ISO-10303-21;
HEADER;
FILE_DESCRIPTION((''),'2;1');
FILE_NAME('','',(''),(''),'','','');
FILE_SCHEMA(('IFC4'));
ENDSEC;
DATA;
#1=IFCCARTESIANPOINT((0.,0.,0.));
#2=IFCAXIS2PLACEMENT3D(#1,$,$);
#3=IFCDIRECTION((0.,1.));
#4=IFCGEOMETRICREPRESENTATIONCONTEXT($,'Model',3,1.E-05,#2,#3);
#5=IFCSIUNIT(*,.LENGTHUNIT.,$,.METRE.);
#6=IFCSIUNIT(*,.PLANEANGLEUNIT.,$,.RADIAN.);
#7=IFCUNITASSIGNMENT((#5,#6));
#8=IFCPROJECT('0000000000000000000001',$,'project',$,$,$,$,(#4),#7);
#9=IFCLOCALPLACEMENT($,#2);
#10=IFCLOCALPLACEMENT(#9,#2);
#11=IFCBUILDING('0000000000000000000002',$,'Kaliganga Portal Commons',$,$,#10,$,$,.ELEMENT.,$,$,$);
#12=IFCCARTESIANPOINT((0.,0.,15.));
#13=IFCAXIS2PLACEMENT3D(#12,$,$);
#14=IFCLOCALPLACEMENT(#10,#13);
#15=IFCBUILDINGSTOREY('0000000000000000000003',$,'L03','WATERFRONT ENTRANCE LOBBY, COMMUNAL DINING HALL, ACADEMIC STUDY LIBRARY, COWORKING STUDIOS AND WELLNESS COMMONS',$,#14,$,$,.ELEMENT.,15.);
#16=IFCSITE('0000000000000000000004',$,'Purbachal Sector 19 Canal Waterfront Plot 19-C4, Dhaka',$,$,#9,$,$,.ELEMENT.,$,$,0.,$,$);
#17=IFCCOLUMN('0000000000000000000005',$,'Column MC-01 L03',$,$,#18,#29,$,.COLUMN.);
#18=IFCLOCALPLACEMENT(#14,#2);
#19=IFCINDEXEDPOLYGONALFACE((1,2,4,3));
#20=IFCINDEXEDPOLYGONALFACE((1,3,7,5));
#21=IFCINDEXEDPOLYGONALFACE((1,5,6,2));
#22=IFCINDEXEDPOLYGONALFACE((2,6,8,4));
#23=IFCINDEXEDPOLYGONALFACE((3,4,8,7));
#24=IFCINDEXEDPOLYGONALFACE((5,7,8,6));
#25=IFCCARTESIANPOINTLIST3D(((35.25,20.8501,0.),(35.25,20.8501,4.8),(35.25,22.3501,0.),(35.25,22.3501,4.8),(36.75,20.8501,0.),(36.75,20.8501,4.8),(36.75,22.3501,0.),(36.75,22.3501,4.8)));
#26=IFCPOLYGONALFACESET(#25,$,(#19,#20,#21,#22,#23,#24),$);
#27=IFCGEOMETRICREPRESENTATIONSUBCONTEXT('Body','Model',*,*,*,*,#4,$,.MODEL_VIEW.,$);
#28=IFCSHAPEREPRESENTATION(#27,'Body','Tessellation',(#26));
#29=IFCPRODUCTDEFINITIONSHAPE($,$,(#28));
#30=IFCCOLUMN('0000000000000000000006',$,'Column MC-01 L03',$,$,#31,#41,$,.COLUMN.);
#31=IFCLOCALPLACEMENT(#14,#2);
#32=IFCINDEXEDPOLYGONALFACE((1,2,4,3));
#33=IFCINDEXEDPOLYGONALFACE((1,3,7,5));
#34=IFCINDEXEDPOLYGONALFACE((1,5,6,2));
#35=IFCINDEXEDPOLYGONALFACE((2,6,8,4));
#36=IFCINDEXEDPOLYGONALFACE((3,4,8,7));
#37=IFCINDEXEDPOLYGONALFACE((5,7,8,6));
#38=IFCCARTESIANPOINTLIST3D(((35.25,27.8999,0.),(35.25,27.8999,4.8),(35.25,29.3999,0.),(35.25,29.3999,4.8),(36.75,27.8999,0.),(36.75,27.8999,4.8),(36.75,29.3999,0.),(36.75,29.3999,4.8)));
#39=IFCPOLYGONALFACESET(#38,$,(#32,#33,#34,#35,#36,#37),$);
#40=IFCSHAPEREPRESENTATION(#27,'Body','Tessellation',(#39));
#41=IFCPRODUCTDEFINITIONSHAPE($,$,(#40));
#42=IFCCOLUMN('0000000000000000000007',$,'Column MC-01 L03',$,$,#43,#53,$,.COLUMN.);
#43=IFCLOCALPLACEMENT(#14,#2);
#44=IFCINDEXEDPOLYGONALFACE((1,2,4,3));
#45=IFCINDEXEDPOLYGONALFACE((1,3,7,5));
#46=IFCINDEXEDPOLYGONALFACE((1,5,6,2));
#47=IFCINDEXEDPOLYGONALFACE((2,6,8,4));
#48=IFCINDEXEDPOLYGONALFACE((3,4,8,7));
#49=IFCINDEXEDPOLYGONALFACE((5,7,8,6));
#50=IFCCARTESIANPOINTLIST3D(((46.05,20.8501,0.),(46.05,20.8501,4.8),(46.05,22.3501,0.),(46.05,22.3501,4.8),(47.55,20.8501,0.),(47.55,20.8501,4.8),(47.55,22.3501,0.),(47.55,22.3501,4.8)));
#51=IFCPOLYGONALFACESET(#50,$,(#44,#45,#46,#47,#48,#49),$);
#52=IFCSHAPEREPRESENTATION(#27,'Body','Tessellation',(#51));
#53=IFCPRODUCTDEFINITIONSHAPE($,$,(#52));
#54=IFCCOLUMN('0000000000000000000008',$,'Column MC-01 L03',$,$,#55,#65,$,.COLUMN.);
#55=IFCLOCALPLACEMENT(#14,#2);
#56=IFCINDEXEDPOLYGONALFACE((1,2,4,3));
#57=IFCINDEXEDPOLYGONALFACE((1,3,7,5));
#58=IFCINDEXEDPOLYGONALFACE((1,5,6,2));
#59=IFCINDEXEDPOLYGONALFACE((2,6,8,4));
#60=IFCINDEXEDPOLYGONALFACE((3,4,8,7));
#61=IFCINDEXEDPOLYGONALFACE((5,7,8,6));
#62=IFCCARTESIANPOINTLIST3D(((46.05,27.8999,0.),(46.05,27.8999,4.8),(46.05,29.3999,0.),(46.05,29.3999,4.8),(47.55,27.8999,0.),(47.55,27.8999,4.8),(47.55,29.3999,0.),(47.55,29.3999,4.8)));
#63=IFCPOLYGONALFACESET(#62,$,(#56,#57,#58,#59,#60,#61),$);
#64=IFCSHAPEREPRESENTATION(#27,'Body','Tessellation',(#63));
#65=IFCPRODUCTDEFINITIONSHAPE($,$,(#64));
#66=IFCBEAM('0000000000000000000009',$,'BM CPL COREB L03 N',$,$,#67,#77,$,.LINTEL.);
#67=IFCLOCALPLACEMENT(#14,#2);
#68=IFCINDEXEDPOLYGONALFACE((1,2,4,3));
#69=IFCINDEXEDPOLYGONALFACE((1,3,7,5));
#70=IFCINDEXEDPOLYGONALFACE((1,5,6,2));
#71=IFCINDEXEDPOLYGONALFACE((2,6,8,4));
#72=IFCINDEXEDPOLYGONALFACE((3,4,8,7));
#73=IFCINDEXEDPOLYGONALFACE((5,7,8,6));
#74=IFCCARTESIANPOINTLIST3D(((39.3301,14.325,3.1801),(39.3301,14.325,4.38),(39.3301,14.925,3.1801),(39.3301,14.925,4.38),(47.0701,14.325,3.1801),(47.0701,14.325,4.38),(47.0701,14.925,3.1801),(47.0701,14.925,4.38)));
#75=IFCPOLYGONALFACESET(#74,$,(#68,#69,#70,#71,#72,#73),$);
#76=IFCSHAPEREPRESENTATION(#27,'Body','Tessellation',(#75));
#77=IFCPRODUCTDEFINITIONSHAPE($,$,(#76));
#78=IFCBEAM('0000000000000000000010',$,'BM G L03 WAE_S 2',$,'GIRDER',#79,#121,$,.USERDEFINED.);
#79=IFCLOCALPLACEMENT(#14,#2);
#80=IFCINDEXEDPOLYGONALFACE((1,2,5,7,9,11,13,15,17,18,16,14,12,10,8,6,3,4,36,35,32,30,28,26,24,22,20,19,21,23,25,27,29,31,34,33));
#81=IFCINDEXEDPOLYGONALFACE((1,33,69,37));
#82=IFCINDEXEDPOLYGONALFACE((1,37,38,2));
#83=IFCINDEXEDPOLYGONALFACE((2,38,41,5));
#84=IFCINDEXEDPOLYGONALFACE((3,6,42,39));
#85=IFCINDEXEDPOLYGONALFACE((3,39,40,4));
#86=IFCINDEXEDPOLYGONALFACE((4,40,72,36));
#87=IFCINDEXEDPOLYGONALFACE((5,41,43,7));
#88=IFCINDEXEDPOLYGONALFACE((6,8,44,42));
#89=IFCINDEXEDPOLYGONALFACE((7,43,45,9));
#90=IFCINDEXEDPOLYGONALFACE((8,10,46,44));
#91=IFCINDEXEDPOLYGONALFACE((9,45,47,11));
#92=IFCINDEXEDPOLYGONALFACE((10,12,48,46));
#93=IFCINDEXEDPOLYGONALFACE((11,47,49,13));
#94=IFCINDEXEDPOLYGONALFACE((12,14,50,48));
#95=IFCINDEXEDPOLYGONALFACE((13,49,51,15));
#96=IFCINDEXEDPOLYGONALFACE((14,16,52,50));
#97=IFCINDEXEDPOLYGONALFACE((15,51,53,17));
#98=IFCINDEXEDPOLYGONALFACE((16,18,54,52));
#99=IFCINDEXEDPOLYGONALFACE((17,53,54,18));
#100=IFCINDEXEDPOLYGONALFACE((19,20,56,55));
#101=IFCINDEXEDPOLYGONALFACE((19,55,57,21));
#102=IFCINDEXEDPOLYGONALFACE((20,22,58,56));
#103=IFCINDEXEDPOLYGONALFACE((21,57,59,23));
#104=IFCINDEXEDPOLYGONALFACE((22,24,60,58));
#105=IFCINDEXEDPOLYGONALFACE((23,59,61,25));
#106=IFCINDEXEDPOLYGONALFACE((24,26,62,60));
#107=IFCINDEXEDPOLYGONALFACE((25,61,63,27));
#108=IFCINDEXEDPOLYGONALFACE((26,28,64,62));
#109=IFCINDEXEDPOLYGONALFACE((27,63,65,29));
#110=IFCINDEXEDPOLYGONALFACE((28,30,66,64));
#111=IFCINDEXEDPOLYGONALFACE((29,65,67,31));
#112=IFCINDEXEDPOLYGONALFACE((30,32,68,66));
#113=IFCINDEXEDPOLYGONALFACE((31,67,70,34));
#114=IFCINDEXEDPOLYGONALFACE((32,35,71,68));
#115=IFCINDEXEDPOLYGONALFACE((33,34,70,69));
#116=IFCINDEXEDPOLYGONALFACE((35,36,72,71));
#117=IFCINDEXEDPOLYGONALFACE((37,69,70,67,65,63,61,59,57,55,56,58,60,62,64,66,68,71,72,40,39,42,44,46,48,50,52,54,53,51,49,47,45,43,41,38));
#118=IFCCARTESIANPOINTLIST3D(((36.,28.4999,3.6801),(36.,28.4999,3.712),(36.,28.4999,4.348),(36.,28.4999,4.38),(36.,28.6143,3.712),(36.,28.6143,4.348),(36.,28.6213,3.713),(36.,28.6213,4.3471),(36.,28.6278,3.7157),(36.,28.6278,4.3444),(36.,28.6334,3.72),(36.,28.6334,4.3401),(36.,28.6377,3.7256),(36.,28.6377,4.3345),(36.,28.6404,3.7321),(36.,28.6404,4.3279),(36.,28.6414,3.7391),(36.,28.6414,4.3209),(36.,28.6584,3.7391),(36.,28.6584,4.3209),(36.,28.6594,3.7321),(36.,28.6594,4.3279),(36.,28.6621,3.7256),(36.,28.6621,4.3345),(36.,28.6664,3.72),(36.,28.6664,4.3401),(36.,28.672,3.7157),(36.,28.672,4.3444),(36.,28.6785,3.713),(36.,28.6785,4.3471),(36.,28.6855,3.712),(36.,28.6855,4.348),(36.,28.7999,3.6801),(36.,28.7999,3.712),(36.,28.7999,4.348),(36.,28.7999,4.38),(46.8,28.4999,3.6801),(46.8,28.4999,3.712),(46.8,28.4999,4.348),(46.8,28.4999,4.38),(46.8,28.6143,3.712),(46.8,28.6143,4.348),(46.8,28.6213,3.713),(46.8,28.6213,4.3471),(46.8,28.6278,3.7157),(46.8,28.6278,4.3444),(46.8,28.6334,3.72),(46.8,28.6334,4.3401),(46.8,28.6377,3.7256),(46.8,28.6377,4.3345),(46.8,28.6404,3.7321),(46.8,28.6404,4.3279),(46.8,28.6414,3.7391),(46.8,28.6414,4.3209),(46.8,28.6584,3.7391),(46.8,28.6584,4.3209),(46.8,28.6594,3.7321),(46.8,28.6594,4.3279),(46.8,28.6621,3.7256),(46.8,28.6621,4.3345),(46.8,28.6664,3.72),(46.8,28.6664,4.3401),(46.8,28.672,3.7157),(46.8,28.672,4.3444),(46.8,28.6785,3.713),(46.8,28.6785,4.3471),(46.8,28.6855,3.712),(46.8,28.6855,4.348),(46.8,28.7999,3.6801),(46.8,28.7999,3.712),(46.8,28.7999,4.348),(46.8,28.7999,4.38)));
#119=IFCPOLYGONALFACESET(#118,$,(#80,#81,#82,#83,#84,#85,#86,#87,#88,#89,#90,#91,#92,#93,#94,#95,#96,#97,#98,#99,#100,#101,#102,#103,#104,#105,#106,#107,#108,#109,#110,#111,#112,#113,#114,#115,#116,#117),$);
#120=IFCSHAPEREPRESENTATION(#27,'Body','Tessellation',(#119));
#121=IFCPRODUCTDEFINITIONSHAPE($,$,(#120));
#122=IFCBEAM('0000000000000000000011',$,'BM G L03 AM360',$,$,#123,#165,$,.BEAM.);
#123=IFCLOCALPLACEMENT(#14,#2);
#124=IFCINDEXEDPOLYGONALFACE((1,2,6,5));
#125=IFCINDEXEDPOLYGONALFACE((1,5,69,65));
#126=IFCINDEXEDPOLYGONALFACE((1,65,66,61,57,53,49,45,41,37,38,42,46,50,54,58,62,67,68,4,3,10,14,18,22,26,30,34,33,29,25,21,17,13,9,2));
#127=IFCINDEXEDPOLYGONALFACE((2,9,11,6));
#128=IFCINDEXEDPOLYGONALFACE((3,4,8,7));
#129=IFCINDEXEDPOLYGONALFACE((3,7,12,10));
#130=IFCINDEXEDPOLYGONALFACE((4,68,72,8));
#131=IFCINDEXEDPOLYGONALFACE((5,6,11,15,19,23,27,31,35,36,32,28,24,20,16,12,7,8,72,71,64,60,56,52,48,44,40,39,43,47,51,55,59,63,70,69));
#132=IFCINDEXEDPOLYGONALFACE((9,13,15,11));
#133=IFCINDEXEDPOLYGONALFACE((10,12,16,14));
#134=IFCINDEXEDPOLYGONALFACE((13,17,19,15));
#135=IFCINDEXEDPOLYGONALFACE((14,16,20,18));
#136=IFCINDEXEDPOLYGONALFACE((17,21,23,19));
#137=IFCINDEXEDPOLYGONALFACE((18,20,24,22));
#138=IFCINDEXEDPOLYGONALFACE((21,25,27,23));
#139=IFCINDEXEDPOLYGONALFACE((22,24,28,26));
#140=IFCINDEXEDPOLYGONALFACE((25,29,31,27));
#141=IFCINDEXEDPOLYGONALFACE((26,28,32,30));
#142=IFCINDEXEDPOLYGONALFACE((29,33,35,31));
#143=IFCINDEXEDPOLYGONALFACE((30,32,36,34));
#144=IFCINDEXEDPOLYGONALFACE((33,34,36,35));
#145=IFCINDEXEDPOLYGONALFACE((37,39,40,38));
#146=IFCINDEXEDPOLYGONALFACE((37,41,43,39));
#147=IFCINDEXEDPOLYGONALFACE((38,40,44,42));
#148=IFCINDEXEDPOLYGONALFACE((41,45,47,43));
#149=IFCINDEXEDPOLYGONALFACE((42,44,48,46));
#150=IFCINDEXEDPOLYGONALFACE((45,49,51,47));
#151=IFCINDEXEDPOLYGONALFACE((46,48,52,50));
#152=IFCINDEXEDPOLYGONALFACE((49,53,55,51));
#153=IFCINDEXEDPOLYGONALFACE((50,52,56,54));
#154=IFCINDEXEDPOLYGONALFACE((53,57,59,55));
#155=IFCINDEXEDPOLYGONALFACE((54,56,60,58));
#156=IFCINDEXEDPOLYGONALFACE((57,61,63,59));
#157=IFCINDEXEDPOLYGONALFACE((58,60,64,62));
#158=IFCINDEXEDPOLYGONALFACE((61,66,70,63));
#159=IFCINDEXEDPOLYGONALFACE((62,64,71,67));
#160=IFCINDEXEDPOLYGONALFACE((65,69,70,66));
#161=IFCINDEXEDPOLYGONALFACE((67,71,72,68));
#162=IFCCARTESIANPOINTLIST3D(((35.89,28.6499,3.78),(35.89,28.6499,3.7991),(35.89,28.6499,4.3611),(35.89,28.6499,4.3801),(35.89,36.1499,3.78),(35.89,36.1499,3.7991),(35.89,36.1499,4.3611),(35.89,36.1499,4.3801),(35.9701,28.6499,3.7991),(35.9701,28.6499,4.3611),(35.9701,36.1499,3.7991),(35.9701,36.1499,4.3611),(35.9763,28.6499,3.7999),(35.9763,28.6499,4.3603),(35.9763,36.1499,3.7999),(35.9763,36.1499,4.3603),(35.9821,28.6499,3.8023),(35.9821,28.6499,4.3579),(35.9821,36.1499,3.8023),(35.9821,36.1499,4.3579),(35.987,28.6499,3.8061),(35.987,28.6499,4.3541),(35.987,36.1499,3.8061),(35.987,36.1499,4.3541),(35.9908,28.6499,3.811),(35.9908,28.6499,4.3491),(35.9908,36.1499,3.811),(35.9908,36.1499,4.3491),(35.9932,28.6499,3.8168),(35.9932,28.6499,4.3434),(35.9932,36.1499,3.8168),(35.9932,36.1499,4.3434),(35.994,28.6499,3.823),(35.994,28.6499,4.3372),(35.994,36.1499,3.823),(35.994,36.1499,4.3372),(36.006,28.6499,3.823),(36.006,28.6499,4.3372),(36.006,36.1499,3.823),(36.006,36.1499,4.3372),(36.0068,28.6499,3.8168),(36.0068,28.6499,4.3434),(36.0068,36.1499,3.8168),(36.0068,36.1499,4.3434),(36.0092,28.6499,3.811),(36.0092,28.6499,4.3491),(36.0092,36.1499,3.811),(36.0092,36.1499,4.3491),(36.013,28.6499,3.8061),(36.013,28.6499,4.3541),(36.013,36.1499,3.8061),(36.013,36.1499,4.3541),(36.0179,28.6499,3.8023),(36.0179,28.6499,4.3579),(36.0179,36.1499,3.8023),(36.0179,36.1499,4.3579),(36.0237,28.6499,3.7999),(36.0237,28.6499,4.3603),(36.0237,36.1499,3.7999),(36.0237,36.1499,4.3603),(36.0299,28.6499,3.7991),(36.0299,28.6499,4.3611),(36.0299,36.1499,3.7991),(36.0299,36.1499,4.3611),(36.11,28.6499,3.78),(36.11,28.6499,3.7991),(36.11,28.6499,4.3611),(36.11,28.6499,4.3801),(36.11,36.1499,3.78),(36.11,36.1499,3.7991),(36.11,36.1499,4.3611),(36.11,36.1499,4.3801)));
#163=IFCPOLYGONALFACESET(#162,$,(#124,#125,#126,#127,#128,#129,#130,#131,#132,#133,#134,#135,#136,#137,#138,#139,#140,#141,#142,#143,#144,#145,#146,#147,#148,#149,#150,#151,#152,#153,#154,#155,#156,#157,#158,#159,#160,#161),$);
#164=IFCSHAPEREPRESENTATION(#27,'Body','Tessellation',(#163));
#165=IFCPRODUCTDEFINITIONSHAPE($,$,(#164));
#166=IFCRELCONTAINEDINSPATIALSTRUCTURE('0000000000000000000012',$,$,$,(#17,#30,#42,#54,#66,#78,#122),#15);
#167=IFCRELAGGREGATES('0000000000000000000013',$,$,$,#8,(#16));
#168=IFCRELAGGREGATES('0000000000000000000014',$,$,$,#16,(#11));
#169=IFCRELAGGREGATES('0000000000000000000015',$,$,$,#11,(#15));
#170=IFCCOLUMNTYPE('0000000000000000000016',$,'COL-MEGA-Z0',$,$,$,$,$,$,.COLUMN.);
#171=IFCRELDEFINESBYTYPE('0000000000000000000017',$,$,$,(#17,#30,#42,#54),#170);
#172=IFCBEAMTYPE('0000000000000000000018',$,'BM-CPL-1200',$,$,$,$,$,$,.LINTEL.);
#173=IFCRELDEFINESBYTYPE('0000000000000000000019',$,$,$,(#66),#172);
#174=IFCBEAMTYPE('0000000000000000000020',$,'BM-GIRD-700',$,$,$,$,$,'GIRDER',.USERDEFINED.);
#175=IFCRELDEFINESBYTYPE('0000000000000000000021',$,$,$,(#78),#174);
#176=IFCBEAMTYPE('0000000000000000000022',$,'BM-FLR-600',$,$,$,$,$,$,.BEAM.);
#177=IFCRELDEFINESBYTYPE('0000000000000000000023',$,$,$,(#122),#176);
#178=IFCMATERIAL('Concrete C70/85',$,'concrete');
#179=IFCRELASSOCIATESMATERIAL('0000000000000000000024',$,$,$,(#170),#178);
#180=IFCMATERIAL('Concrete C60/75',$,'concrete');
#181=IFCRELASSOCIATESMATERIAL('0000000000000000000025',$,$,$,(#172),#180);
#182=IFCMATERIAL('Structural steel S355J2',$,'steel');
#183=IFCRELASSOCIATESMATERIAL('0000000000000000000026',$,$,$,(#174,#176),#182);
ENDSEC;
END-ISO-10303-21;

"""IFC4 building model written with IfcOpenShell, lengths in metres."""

from ifc_helpers import new_model, si_unit, direction, frame, origin, origin_2d, place, context, subcontext, project, spatial, rectangle, i_section, extrude, source, transform, mapped, material, material_profile, profile_set, type_object, element, save


model = new_model("IFC4")

# Units and contexts
model_context = context("Model", 3, precision=1e-05, world=origin(), true_north=direction((0.0, 1.0)))
body_context = subcontext(model_context, "Body", "Model", "MODEL_VIEW")
ifc_project = project(units=[si_unit("LENGTHUNIT", "METRE"), si_unit("PLANEANGLEUNIT", "RADIAN")], contexts=[model_context])

# Site, building, storey
site_placement = place(None, origin())
site = spatial("IfcSite", under=ifc_project, at=site_placement, Name="Purbachal Sector 19 Canal Waterfront Plot 19-C4, Dhaka", CompositionType="ELEMENT", RefElevation=0.0)
building_placement = place(site_placement, origin())
building = spatial("IfcBuilding", under=site, at=building_placement, Name="Kaliganga Portal Commons", CompositionType="ELEMENT")
storey_placement = place(building_placement, frame((0.0, 0.0, 15.0)))
storey = spatial("IfcBuildingStorey", under=building, at=storey_placement, Name="L03", Description="WATERFRONT ENTRANCE LOBBY, COMMUNAL DINING HALL, ACADEMIC STUDY LIBRARY, COWORKING STUDIOS AND WELLNESS COMMONS", CompositionType="ELEMENT", Elevation=15.0)

# Columns
ifc_material_1 = material(Name="Concrete C70/85", Category="concrete")
ifc_material_profile_1 = material_profile(ifc_material_1, rectangle(XDim=1.5, YDim=1.5, at=origin_2d()), Name="RC 1500x1500")
ifc_profile_set_1 = profile_set([ifc_material_profile_1], Name="Concrete C70/85")
column_type = type_object("IfcColumnType", Name="COL-MEGA-Z0", PredefinedType="COLUMN", material=ifc_profile_set_1)
shared_shape_1 = source(origin(), body_context, "Body", "SweptSolid", [
    extrude(rectangle(XDim=1.5, YDim=1.5, at=origin_2d()), origin(), (0.0, 0.0, 1.0), 4.8),
])
for number, where, z_axis, x_axis, name in (
    (1, (36.0, 21.6001, 0.0), (0.0, 0.0, 1.0), (1.0, 0.0, 0.0), "Column MC-01 L03"),
    (2, (36.0, 28.6499, 0.0), (0.0, 0.0, 1.0), (1.0, 0.0, 0.0), "Column MC-01 L03"),
    (3, (46.8, 21.6001, 0.0), (0.0, 0.0, 1.0), (1.0, 0.0, 0.0), "Column MC-01 L03"),
    (4, (46.8, 28.6499, 0.0), (0.0, 0.0, 1.0), (1.0, 0.0, 0.0), "Column MC-01 L03"),
):
    element("IfcColumn", number, at=place(storey_placement, frame(where, z_axis=z_axis, x_axis=x_axis)), inside=storey, type_object=column_type, Name=name, PredefinedType="COLUMN", context=body_context, shape_type="MappedRepresentation", body=[
        mapped(shared_shape_1, transform((0.0, 0.0, 0.0), x_axis=(1.0, 0.0, 0.0), y_axis=(0.0, 1.0, 0.0), z_axis=(0.0, 0.0, 1.0), scale=1.0)),
    ])

# Beams
ifc_material_2 = material(Name="Concrete C60/75", Category="concrete")
ifc_material_profile_2 = material_profile(ifc_material_2, rectangle(XDim=0.6001, YDim=1.2, at=origin_2d()), Name="RC 600x1200")
ifc_profile_set_2 = profile_set([ifc_material_profile_2], Name="Concrete C60/75")
beam_type_1 = type_object("IfcBeamType", Name="BM-CPL-1200", PredefinedType="LINTEL", material=ifc_profile_set_2)
shared_shape_2 = source(origin(), body_context, "Body", "SweptSolid", [
    extrude(rectangle(XDim=0.6001, YDim=1.2, at=origin_2d()), origin(), (0.0, 0.0, 1.0), 7.74),
])
beam_1_placement = place(storey_placement, frame((39.3301, 14.625, 3.78), z_axis=(1.0, 0.0, 0.0), x_axis=(0.0, 1.0, 0.0)))
element("IfcBeam", 5, at=beam_1_placement, inside=storey, type_object=beam_type_1, Name="BM CPL COREB L03 N", PredefinedType="LINTEL", context=body_context, shape_type="MappedRepresentation", body=[
    mapped(shared_shape_2, transform((0.0, 0.0, 0.0), x_axis=(1.0, 0.0, 0.0), y_axis=(0.0, 1.0, 0.0), z_axis=(0.0, 0.0, 1.0), scale=1.0)),
])
ifc_material_3 = material(Name="Structural steel S355J2", Category="steel")
ifc_material_profile_3 = material_profile(ifc_material_3, i_section(OverallWidth=0.3, OverallDepth=0.7, WebThickness=0.0171, FlangeThickness=0.032, FilletRadius=0.0271, at=origin_2d()), Name="HE 700 B")
ifc_profile_set_3 = profile_set([ifc_material_profile_3], Name="Structural steel S355J2 wide-flange")
beam_type_2 = type_object("IfcBeamType", Name="BM-GIRD-700", ElementType="GIRDER", PredefinedType="USERDEFINED", material=ifc_profile_set_3)
shared_shape_3 = source(origin(), body_context, "Body", "SweptSolid", [
    extrude(i_section(OverallWidth=0.3, OverallDepth=0.7, WebThickness=0.0171, FlangeThickness=0.032, FilletRadius=0.0271, at=origin_2d()), origin(), (0.0, 0.0, 1.0), 10.8),
])
beam_2_placement = place(storey_placement, frame((36.0, 28.6499, 4.03), z_axis=(1.0, 0.0, 0.0), x_axis=(0.0, 1.0, 0.0)))
element("IfcBeam", 6, at=beam_2_placement, inside=storey, type_object=beam_type_2, Name="BM G L03 WAE_S 2", ObjectType="GIRDER", PredefinedType="USERDEFINED", context=body_context, shape_type="MappedRepresentation", body=[
    mapped(shared_shape_3, transform((0.0, 0.0, 0.0), x_axis=(1.0, 0.0, 0.0), y_axis=(0.0, 1.0, 0.0), z_axis=(0.0, 0.0, 1.0), scale=1.0)),
])
ifc_material_profile_4 = material_profile(ifc_material_3, i_section(OverallWidth=0.22, OverallDepth=0.6001, WebThickness=0.012, FlangeThickness=0.019, FilletRadius=0.0239, at=origin_2d()), Name="IPE 600")
ifc_profile_set_4 = profile_set([ifc_material_profile_4], Name="Structural steel S355J2 wide-flange")
beam_type_3 = type_object("IfcBeamType", Name="BM-FLR-600", PredefinedType="BEAM", material=ifc_profile_set_4)
shared_shape_4 = source(origin(), body_context, "Body", "SweptSolid", [
    extrude(i_section(OverallWidth=0.22, OverallDepth=0.6001, WebThickness=0.012, FlangeThickness=0.019, FilletRadius=0.0239, at=origin_2d()), origin(), (0.0, 0.0, 1.0), 7.5),
])
for number, where, z_axis, x_axis, name in (
    (7, (36.0, 28.6499, 4.0801), (0.0, 1.0, 0.0), (-1.0, 0.0, 0.0), "BM G L03 AM360"),
):
    element("IfcBeam", number, at=place(storey_placement, frame(where, z_axis=z_axis, x_axis=x_axis)), inside=storey, type_object=beam_type_3, Name=name, PredefinedType="BEAM", context=body_context, shape_type="MappedRepresentation", body=[
        mapped(shared_shape_4, transform((0.0, 0.0, 0.0), x_axis=(1.0, 0.0, 0.0), y_axis=(0.0, 1.0, 0.0), z_axis=(0.0, 0.0, 1.0), scale=1.0)),
    ])

save(model, "model.ifc")
